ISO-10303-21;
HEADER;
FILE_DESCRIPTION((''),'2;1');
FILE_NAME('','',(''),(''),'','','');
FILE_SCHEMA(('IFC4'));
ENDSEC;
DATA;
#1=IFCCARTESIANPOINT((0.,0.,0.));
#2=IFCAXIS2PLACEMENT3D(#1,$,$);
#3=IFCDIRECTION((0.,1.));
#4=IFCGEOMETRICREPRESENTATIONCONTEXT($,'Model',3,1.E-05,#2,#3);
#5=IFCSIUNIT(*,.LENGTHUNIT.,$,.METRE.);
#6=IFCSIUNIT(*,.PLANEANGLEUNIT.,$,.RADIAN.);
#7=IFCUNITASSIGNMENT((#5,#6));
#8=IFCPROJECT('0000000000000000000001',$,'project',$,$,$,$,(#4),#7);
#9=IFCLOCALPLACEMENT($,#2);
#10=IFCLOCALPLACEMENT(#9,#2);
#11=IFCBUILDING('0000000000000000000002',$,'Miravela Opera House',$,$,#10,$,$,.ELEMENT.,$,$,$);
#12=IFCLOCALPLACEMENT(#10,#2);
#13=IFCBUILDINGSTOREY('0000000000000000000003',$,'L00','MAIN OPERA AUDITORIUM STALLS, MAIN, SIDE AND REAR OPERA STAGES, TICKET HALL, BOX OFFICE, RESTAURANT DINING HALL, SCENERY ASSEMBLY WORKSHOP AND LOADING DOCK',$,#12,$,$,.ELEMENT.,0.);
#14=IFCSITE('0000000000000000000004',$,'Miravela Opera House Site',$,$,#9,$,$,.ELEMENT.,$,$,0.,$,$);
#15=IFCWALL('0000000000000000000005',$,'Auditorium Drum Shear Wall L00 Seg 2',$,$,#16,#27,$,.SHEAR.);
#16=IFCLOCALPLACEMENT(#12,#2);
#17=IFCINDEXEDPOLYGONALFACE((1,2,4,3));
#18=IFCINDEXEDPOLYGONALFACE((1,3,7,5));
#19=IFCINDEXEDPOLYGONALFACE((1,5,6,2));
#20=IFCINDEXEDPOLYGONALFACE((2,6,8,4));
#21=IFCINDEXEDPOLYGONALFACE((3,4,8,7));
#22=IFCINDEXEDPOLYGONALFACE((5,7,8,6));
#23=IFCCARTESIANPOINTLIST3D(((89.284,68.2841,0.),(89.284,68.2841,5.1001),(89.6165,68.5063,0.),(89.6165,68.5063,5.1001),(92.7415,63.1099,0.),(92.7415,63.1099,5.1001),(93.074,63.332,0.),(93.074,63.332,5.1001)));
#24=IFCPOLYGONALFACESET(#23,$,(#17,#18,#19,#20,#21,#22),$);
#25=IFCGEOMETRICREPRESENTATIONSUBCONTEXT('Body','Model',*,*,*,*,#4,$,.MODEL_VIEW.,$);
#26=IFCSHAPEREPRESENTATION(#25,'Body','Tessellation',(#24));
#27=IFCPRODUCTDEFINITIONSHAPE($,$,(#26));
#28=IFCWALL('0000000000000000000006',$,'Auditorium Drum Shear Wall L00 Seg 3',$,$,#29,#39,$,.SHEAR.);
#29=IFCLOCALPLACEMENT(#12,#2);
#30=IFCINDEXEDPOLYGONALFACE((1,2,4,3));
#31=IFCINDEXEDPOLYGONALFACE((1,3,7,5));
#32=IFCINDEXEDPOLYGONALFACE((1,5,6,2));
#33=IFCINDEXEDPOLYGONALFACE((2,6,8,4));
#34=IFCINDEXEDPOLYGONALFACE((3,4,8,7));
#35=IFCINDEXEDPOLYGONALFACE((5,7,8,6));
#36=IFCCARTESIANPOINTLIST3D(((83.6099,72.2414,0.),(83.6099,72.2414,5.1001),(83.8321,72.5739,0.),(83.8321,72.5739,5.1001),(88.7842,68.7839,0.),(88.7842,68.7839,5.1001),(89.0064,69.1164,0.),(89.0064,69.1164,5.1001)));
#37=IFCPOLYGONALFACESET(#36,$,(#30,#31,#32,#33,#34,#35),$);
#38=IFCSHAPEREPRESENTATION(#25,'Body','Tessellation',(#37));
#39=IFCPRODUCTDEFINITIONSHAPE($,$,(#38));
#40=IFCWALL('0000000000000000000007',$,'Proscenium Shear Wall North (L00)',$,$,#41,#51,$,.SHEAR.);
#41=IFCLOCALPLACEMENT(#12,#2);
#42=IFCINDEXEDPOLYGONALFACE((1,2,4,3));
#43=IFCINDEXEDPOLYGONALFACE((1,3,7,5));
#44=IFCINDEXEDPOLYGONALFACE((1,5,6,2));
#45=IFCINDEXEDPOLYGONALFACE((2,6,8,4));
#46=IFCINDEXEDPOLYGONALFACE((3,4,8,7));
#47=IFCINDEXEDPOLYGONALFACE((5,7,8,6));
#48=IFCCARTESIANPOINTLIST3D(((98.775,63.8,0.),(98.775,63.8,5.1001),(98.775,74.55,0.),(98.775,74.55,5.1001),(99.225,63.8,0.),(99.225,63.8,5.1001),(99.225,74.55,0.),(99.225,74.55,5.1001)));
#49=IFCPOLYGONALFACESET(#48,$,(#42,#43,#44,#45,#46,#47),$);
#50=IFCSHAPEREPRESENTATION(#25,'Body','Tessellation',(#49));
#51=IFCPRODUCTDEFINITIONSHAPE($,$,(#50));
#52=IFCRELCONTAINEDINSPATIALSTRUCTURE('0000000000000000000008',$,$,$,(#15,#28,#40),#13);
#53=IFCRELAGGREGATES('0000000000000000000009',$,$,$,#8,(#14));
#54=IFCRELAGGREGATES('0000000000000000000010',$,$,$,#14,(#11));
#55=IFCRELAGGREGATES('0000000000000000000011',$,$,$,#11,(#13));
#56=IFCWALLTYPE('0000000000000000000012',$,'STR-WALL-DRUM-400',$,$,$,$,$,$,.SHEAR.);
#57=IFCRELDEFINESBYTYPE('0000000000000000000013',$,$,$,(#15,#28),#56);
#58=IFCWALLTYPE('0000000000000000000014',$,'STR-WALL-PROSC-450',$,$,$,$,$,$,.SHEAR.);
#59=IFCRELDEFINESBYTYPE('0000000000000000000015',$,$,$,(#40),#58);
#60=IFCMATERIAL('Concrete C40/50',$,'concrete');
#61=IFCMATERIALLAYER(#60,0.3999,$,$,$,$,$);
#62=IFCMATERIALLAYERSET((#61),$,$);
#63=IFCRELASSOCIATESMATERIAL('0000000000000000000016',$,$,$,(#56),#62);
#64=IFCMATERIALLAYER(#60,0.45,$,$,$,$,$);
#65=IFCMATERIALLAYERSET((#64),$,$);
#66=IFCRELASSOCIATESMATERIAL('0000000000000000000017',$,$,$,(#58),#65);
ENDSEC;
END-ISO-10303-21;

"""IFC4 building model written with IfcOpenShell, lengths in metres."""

from ifc_helpers import new_model, si_unit, direction, frame, frame_2d, origin, place, context, subcontext, project, spatial, rectangle, extrude, material, layer, layer_set, type_object, element, save


model = new_model("IFC4")

# Units and contexts
model_context = context("Model", 3, precision=1e-05, world=origin(), true_north=direction((0.0, 1.0)))
body_context = subcontext(model_context, "Body", "Model", "MODEL_VIEW")
ifc_project = project(units=[si_unit("LENGTHUNIT", "METRE"), si_unit("PLANEANGLEUNIT", "RADIAN")], contexts=[model_context])

# Site, building, storey
site_placement = place(None, origin())
site = spatial("IfcSite", under=ifc_project, at=site_placement, Name="Miravela Opera House Site", CompositionType="ELEMENT", RefElevation=0.0)
building_placement = place(site_placement, origin())
building = spatial("IfcBuilding", under=site, at=building_placement, Name="Miravela Opera House", CompositionType="ELEMENT")
storey_placement = place(building_placement, origin())
storey = spatial("IfcBuildingStorey", under=building, at=storey_placement, Name="L00", Description="MAIN OPERA AUDITORIUM STALLS, MAIN, SIDE AND REAR OPERA STAGES, TICKET HALL, BOX OFFICE, RESTAURANT DINING HALL, SCENERY ASSEMBLY WORKSHOP AND LOADING DOCK", CompositionType="ELEMENT", Elevation=0.0)

# Shared definitions
ifc_material_1 = material(Name="Concrete C40/50", Category="concrete")

# Walls
ifc_layer_1 = layer(ifc_material_1, 0.3999)
ifc_layer_set_1 = layer_set([ifc_layer_1])
wall_type_1 = type_object("IfcWallType", Name="STR-WALL-DRUM-400", PredefinedType="SHEAR", material=ifc_layer_set_1)
for number, where, z_axis, x_axis, name in (
    (1, (92.9077, 63.2209, 0.0), (0.0, 0.0, 1.0), (-0.555587, 0.831458, 0.0), "Auditorium Drum Shear Wall L00 Seg 2"),
    (2, (88.8953, 68.9502, 0.0), (0.0, 0.0, 1.0), (-0.831458, 0.555587, 0.0), "Auditorium Drum Shear Wall L00 Seg 3"),
):
    element("IfcWall", number, at=place(storey_placement, frame(where, z_axis=z_axis, x_axis=x_axis)), inside=storey, type_object=wall_type_1, Name=name, PredefinedType="SHEAR", context=body_context, shape_type="SweptSolid", body=[
        extrude(rectangle(XDim=6.2231, YDim=0.3999, at=frame_2d((3.1116, 0.0))), origin(), (0.0, 0.0, 1.0), 5.1001),
    ])
ifc_layer_2 = layer(ifc_material_1, 0.45)
ifc_layer_set_2 = layer_set([ifc_layer_2])
wall_type_2 = type_object("IfcWallType", Name="STR-WALL-PROSC-450", PredefinedType="SHEAR", material=ifc_layer_set_2)
wall_1_placement = place(storey_placement, frame((99.0, 63.8, 0.0), z_axis=(0.0, 0.0, 1.0), x_axis=(0.0, 1.0, 0.0)))
element("IfcWall", 3, at=wall_1_placement, inside=storey, type_object=wall_type_2, Name="Proscenium Shear Wall North (L00)", PredefinedType="SHEAR", context=body_context, shape_type="SweptSolid", body=[
    extrude(rectangle(XDim=10.75, YDim=0.45, at=frame_2d((5.375, 0.0))), origin(), (0.0, 0.0, 1.0), 5.1001),
])

save(model, "model.ifc")
